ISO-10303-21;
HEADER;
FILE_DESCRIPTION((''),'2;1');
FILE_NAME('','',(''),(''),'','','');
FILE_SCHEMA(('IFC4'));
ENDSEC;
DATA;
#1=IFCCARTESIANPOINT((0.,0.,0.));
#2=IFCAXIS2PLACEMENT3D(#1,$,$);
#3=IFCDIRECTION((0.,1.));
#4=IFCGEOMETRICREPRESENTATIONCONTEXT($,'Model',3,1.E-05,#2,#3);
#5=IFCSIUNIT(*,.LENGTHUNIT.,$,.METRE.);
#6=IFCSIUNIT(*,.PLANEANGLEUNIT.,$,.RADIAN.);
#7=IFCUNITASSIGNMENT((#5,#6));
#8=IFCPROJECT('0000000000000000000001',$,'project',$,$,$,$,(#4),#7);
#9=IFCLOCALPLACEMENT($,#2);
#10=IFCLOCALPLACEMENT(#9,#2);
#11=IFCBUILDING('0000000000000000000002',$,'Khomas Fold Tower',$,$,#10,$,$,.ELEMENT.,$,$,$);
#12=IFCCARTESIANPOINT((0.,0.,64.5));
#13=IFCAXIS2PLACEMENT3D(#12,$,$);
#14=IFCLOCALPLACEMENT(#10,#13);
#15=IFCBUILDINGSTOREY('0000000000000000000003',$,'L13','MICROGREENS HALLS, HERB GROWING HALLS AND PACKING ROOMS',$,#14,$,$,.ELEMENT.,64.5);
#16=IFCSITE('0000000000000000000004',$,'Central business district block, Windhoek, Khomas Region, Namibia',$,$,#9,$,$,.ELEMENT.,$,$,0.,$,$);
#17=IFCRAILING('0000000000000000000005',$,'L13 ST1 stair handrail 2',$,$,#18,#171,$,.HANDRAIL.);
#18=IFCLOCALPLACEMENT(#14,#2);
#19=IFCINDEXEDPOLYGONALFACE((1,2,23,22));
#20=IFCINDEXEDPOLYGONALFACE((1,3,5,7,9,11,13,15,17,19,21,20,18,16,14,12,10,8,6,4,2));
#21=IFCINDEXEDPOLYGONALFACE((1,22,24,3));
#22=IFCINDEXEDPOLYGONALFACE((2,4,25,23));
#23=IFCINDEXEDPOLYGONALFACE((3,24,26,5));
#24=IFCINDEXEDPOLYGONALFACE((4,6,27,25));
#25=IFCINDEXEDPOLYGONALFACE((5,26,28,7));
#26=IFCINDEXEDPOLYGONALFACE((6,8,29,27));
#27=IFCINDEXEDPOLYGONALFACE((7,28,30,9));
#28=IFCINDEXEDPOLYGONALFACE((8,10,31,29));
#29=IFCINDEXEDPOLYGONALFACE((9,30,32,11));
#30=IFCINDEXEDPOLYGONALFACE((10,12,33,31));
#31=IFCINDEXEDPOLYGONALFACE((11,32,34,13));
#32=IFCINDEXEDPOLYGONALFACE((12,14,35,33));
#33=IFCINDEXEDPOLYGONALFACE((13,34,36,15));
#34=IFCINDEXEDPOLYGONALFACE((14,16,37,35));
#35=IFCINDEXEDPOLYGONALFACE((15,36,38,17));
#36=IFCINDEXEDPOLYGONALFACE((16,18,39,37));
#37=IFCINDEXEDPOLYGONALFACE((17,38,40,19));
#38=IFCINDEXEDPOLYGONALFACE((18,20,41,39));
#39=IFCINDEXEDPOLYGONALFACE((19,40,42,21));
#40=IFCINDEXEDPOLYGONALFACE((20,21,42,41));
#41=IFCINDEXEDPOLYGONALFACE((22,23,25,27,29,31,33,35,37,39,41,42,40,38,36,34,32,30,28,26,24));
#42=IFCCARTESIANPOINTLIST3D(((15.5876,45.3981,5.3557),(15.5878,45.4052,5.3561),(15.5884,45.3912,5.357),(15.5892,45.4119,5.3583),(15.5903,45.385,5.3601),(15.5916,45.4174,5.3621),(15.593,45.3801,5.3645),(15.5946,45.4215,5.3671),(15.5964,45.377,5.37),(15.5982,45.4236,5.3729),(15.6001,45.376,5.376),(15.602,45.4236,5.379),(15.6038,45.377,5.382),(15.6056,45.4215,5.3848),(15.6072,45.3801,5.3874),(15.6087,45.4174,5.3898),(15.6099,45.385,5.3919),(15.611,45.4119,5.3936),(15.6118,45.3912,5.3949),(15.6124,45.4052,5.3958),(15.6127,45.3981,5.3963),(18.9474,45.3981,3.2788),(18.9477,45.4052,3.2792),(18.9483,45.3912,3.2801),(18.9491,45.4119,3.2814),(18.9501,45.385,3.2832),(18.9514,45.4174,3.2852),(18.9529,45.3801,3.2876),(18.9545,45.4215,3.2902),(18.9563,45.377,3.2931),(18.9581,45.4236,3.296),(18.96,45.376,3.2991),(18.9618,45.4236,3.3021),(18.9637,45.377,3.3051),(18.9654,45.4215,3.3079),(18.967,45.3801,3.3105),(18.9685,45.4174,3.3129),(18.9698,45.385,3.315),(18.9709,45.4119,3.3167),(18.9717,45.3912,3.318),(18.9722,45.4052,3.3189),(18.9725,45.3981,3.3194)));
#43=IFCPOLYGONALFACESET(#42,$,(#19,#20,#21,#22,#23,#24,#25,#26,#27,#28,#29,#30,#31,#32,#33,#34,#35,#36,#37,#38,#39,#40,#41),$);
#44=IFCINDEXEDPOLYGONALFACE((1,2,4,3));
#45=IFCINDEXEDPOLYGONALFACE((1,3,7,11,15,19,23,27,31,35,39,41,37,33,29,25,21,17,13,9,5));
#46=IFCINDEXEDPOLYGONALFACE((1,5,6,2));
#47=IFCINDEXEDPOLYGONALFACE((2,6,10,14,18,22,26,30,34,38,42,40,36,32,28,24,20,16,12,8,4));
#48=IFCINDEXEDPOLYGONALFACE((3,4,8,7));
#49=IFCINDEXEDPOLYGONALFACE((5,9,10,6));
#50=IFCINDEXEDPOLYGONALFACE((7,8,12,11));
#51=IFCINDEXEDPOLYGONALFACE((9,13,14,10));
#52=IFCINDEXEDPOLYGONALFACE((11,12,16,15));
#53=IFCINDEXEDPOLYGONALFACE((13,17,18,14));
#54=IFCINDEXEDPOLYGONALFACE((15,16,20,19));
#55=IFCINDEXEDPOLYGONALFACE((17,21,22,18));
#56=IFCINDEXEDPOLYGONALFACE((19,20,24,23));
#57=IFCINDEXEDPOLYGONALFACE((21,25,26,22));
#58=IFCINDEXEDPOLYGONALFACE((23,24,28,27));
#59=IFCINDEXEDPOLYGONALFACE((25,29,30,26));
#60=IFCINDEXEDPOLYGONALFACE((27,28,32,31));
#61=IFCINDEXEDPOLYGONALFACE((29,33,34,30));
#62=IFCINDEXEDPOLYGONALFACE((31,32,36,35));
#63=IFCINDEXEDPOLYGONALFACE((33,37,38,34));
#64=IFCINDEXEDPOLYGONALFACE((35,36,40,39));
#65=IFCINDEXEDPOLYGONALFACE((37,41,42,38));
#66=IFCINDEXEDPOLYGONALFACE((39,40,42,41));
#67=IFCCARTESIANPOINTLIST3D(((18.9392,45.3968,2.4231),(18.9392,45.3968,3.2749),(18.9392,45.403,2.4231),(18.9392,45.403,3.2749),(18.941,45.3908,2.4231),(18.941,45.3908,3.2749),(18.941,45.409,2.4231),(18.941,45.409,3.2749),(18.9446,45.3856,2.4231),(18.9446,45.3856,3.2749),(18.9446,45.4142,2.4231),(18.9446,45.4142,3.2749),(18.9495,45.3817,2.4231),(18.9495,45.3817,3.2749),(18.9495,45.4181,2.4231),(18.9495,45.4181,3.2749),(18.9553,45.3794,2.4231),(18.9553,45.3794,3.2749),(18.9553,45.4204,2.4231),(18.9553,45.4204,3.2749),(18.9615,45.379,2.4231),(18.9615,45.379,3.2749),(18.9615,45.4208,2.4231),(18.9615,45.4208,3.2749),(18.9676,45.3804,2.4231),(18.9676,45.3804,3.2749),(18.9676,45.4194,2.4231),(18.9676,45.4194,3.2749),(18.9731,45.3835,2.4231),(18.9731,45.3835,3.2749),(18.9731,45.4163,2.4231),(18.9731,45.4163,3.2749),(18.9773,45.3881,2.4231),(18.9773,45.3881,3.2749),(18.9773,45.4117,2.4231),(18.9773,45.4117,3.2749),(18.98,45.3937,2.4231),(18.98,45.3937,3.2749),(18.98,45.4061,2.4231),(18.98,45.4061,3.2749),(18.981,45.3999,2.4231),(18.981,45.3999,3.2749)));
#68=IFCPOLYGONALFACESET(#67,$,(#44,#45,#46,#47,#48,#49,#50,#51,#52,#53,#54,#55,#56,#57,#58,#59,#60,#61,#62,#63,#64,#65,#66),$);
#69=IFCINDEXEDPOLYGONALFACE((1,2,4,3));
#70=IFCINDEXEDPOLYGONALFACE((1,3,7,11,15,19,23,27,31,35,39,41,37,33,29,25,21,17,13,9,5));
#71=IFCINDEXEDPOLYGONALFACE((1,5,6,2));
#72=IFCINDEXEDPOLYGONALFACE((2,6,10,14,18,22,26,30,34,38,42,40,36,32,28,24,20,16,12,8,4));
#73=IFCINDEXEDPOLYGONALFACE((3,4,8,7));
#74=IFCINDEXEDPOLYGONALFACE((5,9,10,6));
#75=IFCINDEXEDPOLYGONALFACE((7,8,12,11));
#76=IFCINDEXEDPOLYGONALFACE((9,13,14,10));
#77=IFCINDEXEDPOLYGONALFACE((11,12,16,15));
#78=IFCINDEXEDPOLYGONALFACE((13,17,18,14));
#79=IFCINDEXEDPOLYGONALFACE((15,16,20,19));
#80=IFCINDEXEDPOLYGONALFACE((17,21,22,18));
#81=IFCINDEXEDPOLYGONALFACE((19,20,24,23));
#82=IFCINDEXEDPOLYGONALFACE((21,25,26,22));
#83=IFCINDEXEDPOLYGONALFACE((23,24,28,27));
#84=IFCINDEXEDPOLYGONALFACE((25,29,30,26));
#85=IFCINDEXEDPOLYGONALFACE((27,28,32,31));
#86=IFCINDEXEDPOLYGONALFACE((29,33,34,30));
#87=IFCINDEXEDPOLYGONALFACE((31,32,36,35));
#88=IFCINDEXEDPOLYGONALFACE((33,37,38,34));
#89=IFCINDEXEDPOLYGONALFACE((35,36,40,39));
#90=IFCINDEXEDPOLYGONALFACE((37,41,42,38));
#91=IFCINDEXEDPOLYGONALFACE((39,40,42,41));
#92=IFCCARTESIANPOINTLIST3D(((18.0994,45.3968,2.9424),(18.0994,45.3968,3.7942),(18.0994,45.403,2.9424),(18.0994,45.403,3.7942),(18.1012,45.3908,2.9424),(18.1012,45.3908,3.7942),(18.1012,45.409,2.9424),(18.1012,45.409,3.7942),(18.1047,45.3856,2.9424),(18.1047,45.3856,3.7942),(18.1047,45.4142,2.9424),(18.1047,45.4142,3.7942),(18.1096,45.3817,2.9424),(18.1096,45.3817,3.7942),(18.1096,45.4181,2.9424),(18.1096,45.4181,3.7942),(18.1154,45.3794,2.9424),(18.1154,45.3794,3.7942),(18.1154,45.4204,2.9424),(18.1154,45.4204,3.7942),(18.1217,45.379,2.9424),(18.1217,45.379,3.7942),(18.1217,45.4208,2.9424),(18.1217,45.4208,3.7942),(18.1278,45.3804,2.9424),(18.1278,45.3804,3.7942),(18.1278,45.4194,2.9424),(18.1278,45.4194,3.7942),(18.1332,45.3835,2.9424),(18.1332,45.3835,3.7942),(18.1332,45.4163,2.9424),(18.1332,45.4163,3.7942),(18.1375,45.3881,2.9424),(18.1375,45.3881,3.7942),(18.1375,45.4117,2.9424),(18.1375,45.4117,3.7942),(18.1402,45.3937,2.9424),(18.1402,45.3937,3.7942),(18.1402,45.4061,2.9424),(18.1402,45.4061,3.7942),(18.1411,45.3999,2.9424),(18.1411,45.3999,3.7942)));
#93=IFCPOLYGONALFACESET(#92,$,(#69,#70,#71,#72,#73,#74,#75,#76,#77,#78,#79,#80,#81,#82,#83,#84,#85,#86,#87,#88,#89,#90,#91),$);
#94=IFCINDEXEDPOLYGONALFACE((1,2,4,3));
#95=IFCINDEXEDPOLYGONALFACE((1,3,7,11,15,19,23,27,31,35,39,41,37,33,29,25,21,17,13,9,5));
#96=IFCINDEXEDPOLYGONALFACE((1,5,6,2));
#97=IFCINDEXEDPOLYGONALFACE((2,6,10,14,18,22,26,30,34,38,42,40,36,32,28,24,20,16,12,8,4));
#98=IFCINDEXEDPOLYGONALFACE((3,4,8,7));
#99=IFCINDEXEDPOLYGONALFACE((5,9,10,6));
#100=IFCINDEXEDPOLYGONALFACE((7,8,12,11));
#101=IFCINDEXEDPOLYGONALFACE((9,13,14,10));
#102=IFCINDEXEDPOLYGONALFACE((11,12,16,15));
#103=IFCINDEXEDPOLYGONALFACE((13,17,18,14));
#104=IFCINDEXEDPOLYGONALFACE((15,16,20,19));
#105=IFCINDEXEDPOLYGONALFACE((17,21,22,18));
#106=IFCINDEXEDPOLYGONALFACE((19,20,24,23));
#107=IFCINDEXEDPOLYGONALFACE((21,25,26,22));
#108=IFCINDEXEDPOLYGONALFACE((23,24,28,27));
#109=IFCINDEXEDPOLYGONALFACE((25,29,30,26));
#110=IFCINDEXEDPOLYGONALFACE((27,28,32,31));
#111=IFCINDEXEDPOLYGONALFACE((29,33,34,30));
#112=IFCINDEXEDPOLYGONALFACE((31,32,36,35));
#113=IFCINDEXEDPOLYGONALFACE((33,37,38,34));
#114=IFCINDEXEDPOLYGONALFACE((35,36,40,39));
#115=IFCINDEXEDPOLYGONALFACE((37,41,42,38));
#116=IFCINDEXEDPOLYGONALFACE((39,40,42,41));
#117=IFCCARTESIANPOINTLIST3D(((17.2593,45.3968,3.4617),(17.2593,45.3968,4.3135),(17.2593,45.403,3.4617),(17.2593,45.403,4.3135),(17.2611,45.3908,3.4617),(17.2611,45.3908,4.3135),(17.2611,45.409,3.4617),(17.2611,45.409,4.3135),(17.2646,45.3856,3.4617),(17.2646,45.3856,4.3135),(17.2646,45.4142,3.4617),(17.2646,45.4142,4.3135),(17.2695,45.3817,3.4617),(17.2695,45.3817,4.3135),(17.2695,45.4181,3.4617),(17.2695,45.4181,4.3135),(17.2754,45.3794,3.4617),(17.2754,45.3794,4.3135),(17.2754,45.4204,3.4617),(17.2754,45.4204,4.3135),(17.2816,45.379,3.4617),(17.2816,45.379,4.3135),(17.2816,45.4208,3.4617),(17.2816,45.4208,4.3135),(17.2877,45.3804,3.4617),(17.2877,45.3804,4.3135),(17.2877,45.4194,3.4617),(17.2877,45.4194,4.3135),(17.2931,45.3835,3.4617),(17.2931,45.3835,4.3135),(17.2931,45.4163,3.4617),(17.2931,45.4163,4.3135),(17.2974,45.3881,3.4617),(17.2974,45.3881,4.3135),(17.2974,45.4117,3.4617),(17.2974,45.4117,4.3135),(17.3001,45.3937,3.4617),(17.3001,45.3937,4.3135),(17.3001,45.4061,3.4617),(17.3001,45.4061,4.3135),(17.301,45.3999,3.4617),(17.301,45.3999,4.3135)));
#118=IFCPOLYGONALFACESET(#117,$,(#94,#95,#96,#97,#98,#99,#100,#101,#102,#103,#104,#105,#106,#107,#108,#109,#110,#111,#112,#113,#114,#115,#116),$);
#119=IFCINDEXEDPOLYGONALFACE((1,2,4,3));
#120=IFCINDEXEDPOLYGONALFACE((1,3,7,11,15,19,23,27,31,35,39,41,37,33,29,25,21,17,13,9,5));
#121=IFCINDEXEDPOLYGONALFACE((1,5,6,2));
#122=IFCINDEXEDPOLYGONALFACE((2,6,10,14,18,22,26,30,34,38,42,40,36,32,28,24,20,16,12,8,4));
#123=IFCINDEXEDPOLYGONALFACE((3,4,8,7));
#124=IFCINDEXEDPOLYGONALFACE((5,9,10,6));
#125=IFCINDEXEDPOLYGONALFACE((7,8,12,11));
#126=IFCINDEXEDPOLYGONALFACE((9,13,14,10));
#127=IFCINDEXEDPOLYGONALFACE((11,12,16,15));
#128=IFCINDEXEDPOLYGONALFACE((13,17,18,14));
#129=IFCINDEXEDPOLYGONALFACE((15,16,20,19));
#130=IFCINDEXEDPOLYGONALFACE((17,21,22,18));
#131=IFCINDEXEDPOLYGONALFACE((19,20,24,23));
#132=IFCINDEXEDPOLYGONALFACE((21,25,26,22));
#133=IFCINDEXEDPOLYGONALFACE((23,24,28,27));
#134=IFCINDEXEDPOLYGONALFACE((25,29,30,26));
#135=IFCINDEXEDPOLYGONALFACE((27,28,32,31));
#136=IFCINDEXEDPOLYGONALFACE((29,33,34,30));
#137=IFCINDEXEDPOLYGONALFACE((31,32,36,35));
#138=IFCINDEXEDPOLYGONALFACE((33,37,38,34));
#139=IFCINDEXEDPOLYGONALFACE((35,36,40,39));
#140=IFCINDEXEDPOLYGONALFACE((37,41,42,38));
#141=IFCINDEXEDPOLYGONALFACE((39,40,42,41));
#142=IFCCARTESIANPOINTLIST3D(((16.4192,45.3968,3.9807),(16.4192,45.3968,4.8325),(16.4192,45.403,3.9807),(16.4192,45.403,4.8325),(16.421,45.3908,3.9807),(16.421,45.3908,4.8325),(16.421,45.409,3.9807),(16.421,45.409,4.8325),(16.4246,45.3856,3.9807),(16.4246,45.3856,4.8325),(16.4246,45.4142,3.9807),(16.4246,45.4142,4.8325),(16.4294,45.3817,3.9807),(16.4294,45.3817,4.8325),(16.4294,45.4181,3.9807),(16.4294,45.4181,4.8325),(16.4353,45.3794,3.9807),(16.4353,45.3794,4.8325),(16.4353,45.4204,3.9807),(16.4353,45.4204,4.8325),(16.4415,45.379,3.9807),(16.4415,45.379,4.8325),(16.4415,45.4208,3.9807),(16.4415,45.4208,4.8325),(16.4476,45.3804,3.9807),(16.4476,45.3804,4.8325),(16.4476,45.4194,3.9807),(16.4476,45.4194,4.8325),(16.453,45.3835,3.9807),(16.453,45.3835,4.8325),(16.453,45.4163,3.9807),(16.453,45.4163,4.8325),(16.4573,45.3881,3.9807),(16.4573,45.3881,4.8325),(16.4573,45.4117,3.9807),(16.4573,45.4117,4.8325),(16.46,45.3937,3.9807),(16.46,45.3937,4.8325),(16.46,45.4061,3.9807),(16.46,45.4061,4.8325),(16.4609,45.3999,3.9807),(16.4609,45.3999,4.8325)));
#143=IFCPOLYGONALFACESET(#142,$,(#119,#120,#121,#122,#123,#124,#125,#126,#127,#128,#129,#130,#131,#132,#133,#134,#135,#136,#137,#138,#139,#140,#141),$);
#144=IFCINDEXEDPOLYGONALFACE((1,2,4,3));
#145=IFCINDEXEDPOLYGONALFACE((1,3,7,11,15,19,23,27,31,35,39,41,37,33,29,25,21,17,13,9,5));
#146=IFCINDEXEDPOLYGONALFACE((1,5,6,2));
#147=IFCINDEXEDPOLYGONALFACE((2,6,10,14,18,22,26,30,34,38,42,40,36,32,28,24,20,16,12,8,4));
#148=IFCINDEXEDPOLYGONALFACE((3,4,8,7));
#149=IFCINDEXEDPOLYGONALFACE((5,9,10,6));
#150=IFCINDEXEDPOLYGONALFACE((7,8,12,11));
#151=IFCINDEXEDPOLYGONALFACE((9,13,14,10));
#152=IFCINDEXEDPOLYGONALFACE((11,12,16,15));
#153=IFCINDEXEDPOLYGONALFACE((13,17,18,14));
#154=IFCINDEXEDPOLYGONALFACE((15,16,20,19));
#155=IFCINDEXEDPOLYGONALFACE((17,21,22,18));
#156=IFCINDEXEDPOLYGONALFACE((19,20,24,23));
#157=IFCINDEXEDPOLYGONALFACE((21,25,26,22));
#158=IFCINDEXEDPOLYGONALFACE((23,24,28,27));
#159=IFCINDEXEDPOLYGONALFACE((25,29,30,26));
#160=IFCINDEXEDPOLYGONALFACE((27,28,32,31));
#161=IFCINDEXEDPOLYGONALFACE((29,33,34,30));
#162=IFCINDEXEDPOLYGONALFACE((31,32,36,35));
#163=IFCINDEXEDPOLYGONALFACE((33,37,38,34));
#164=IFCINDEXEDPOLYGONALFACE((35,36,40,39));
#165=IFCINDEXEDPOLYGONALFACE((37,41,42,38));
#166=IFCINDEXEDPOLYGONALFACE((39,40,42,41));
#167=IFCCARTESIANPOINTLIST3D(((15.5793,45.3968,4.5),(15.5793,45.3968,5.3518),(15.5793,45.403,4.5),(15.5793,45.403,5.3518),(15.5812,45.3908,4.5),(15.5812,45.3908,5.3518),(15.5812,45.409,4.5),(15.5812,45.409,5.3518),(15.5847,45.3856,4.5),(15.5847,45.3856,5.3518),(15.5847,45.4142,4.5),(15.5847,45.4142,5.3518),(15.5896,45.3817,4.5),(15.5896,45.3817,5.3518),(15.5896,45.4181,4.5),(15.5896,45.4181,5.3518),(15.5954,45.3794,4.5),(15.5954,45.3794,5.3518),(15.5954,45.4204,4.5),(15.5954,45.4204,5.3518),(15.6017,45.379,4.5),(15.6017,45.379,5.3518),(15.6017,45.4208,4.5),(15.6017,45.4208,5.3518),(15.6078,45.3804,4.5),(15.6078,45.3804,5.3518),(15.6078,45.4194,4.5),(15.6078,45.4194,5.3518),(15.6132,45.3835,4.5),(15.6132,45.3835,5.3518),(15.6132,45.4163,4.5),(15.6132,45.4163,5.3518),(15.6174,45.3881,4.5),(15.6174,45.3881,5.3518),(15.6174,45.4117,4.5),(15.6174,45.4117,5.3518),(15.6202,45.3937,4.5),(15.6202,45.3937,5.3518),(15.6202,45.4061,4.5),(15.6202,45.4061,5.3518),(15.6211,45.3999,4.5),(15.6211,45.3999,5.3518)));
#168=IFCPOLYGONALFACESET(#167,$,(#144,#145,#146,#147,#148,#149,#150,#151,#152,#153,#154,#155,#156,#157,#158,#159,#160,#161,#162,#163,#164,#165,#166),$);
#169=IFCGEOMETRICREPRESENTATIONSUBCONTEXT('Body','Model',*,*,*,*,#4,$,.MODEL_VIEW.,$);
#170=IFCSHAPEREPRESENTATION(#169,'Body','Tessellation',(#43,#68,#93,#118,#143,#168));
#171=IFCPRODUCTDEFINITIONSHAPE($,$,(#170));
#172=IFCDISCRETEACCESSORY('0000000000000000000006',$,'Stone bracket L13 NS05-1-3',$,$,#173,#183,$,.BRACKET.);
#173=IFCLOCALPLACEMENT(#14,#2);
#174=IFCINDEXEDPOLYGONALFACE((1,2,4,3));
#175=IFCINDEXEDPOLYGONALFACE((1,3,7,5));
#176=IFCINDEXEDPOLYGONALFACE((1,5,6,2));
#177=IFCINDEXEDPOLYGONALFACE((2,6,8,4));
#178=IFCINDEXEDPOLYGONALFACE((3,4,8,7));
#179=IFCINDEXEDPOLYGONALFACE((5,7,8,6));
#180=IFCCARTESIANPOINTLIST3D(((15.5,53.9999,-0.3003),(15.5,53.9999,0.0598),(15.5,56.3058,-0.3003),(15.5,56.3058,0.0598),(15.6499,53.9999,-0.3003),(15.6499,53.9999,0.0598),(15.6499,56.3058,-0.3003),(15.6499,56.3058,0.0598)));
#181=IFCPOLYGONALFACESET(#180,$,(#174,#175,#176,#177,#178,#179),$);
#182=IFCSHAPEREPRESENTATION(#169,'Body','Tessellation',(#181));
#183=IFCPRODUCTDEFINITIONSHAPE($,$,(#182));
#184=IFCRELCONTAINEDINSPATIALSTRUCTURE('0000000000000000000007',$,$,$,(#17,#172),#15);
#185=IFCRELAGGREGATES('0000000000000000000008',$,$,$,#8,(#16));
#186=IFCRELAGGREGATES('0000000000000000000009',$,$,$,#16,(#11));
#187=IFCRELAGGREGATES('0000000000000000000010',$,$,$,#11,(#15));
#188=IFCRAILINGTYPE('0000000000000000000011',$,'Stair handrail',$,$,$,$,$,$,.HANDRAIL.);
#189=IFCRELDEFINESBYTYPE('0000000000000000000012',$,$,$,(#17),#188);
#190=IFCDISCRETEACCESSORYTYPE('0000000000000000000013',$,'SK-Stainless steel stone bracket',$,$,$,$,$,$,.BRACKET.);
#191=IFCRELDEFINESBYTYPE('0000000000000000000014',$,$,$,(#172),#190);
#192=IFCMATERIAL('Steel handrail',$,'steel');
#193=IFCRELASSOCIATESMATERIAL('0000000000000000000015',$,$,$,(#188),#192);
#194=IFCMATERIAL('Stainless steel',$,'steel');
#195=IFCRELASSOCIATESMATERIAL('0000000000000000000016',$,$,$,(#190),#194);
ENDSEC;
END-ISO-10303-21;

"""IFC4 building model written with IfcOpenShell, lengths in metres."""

from ifc_helpers import new_model, si_unit, direction, frame, origin, origin_2d, place, context, subcontext, project, spatial, rectangle, circle, extrude, source, transform, mapped, material, type_object, element, save


model = new_model("IFC4")

# Units and contexts
model_context = context("Model", 3, precision=1e-05, world=origin(), true_north=direction((0.0, 1.0)))
body_context = subcontext(model_context, "Body", "Model", "MODEL_VIEW")
ifc_project = project(units=[si_unit("LENGTHUNIT", "METRE"), si_unit("PLANEANGLEUNIT", "RADIAN")], contexts=[model_context])

# Site, building, storey
site_placement = place(None, origin())
site = spatial("IfcSite", under=ifc_project, at=site_placement, Name="Central business district block, Windhoek, Khomas Region, Namibia", CompositionType="ELEMENT", RefElevation=0.0)
building_placement = place(site_placement, origin())
building = spatial("IfcBuilding", under=site, at=building_placement, Name="Khomas Fold Tower", CompositionType="ELEMENT")
storey_placement = place(building_placement, frame((0.0, 0.0, 64.5)))
storey = spatial("IfcBuildingStorey", under=building, at=storey_placement, Name="L13", Description="MICROGREENS HALLS, HERB GROWING HALLS AND PACKING ROOMS", CompositionType="ELEMENT", Elevation=64.5)

# Railing
ifc_material_1 = material(Name="Steel handrail", Category="steel")
railing_type_1 = type_object("IfcRailingType", Name="Stair handrail", PredefinedType="HANDRAIL", material=ifc_material_1)
shared_shape_1 = source(origin(), body_context, "Body", "SweptSolid", [
    extrude(circle(Radius=0.0239, at=origin_2d()), frame((0.0, 0.0, 0.876), z_axis=(-0.850606, 0.0, 0.525803), x_axis=(0.0, -1.0, 0.0)), (0.0, 0.0, 1.0), 3.95),
    extrude(circle(Radius=0.021, at=origin_2d()), origin(), (0.0, 0.0, 1.0), 0.8518),
    extrude(circle(Radius=0.021, at=origin_2d()), frame((-0.8398, 0.0, 0.5193)), (0.0, 0.0, 1.0), 0.8518),
    extrude(circle(Radius=0.021, at=origin_2d()), frame((-1.6799, 0.0, 1.0386)), (0.0, 0.0, 1.0), 0.8518),
    extrude(circle(Radius=0.021, at=origin_2d()), frame((-2.52, 0.0, 1.5576)), (0.0, 0.0, 1.0), 0.8518),
    extrude(circle(Radius=0.021, at=origin_2d()), frame((-3.3599, 0.0, 2.0769)), (0.0, 0.0, 1.0), 0.8518),
])
railing_1_placement = place(storey_placement, frame((18.96, 45.3999, 2.4231)))
element("IfcRailing", 1, at=railing_1_placement, inside=storey, type_object=railing_type_1, Name="L13 ST1 stair handrail 2", PredefinedType="HANDRAIL", context=body_context, shape_type="MappedRepresentation", body=[
    mapped(shared_shape_1, transform((0.0, 0.0, 0.0))),
])

# Discrete accessory
ifc_material_2 = material(Name="Stainless steel", Category="steel")
discrete_accessory_type = type_object("IfcDiscreteAccessoryType", Name="SK-Stainless steel stone bracket", PredefinedType="BRACKET", material=ifc_material_2)
shared_shape_2 = source(origin(), body_context, "Body", "SweptSolid", [
    extrude(rectangle(XDim=2.3059, YDim=0.1499, at=origin_2d()), origin(), (0.0, 0.0, 1.0), 0.3601),
])
discrete_accessory_placement = place(storey_placement, frame((15.575, 55.1528, -0.3003), z_axis=(0.0, 0.0, 1.0), x_axis=(0.0, 1.0, 0.0)))
element("IfcDiscreteAccessory", 2, at=discrete_accessory_placement, inside=storey, type_object=discrete_accessory_type, Name="Stone bracket L13 NS05-1-3", PredefinedType="BRACKET", context=body_context, shape_type="MappedRepresentation", body=[
    mapped(shared_shape_2, transform((0.0, 0.0, 0.0))),
])

save(model, "model.ifc")
